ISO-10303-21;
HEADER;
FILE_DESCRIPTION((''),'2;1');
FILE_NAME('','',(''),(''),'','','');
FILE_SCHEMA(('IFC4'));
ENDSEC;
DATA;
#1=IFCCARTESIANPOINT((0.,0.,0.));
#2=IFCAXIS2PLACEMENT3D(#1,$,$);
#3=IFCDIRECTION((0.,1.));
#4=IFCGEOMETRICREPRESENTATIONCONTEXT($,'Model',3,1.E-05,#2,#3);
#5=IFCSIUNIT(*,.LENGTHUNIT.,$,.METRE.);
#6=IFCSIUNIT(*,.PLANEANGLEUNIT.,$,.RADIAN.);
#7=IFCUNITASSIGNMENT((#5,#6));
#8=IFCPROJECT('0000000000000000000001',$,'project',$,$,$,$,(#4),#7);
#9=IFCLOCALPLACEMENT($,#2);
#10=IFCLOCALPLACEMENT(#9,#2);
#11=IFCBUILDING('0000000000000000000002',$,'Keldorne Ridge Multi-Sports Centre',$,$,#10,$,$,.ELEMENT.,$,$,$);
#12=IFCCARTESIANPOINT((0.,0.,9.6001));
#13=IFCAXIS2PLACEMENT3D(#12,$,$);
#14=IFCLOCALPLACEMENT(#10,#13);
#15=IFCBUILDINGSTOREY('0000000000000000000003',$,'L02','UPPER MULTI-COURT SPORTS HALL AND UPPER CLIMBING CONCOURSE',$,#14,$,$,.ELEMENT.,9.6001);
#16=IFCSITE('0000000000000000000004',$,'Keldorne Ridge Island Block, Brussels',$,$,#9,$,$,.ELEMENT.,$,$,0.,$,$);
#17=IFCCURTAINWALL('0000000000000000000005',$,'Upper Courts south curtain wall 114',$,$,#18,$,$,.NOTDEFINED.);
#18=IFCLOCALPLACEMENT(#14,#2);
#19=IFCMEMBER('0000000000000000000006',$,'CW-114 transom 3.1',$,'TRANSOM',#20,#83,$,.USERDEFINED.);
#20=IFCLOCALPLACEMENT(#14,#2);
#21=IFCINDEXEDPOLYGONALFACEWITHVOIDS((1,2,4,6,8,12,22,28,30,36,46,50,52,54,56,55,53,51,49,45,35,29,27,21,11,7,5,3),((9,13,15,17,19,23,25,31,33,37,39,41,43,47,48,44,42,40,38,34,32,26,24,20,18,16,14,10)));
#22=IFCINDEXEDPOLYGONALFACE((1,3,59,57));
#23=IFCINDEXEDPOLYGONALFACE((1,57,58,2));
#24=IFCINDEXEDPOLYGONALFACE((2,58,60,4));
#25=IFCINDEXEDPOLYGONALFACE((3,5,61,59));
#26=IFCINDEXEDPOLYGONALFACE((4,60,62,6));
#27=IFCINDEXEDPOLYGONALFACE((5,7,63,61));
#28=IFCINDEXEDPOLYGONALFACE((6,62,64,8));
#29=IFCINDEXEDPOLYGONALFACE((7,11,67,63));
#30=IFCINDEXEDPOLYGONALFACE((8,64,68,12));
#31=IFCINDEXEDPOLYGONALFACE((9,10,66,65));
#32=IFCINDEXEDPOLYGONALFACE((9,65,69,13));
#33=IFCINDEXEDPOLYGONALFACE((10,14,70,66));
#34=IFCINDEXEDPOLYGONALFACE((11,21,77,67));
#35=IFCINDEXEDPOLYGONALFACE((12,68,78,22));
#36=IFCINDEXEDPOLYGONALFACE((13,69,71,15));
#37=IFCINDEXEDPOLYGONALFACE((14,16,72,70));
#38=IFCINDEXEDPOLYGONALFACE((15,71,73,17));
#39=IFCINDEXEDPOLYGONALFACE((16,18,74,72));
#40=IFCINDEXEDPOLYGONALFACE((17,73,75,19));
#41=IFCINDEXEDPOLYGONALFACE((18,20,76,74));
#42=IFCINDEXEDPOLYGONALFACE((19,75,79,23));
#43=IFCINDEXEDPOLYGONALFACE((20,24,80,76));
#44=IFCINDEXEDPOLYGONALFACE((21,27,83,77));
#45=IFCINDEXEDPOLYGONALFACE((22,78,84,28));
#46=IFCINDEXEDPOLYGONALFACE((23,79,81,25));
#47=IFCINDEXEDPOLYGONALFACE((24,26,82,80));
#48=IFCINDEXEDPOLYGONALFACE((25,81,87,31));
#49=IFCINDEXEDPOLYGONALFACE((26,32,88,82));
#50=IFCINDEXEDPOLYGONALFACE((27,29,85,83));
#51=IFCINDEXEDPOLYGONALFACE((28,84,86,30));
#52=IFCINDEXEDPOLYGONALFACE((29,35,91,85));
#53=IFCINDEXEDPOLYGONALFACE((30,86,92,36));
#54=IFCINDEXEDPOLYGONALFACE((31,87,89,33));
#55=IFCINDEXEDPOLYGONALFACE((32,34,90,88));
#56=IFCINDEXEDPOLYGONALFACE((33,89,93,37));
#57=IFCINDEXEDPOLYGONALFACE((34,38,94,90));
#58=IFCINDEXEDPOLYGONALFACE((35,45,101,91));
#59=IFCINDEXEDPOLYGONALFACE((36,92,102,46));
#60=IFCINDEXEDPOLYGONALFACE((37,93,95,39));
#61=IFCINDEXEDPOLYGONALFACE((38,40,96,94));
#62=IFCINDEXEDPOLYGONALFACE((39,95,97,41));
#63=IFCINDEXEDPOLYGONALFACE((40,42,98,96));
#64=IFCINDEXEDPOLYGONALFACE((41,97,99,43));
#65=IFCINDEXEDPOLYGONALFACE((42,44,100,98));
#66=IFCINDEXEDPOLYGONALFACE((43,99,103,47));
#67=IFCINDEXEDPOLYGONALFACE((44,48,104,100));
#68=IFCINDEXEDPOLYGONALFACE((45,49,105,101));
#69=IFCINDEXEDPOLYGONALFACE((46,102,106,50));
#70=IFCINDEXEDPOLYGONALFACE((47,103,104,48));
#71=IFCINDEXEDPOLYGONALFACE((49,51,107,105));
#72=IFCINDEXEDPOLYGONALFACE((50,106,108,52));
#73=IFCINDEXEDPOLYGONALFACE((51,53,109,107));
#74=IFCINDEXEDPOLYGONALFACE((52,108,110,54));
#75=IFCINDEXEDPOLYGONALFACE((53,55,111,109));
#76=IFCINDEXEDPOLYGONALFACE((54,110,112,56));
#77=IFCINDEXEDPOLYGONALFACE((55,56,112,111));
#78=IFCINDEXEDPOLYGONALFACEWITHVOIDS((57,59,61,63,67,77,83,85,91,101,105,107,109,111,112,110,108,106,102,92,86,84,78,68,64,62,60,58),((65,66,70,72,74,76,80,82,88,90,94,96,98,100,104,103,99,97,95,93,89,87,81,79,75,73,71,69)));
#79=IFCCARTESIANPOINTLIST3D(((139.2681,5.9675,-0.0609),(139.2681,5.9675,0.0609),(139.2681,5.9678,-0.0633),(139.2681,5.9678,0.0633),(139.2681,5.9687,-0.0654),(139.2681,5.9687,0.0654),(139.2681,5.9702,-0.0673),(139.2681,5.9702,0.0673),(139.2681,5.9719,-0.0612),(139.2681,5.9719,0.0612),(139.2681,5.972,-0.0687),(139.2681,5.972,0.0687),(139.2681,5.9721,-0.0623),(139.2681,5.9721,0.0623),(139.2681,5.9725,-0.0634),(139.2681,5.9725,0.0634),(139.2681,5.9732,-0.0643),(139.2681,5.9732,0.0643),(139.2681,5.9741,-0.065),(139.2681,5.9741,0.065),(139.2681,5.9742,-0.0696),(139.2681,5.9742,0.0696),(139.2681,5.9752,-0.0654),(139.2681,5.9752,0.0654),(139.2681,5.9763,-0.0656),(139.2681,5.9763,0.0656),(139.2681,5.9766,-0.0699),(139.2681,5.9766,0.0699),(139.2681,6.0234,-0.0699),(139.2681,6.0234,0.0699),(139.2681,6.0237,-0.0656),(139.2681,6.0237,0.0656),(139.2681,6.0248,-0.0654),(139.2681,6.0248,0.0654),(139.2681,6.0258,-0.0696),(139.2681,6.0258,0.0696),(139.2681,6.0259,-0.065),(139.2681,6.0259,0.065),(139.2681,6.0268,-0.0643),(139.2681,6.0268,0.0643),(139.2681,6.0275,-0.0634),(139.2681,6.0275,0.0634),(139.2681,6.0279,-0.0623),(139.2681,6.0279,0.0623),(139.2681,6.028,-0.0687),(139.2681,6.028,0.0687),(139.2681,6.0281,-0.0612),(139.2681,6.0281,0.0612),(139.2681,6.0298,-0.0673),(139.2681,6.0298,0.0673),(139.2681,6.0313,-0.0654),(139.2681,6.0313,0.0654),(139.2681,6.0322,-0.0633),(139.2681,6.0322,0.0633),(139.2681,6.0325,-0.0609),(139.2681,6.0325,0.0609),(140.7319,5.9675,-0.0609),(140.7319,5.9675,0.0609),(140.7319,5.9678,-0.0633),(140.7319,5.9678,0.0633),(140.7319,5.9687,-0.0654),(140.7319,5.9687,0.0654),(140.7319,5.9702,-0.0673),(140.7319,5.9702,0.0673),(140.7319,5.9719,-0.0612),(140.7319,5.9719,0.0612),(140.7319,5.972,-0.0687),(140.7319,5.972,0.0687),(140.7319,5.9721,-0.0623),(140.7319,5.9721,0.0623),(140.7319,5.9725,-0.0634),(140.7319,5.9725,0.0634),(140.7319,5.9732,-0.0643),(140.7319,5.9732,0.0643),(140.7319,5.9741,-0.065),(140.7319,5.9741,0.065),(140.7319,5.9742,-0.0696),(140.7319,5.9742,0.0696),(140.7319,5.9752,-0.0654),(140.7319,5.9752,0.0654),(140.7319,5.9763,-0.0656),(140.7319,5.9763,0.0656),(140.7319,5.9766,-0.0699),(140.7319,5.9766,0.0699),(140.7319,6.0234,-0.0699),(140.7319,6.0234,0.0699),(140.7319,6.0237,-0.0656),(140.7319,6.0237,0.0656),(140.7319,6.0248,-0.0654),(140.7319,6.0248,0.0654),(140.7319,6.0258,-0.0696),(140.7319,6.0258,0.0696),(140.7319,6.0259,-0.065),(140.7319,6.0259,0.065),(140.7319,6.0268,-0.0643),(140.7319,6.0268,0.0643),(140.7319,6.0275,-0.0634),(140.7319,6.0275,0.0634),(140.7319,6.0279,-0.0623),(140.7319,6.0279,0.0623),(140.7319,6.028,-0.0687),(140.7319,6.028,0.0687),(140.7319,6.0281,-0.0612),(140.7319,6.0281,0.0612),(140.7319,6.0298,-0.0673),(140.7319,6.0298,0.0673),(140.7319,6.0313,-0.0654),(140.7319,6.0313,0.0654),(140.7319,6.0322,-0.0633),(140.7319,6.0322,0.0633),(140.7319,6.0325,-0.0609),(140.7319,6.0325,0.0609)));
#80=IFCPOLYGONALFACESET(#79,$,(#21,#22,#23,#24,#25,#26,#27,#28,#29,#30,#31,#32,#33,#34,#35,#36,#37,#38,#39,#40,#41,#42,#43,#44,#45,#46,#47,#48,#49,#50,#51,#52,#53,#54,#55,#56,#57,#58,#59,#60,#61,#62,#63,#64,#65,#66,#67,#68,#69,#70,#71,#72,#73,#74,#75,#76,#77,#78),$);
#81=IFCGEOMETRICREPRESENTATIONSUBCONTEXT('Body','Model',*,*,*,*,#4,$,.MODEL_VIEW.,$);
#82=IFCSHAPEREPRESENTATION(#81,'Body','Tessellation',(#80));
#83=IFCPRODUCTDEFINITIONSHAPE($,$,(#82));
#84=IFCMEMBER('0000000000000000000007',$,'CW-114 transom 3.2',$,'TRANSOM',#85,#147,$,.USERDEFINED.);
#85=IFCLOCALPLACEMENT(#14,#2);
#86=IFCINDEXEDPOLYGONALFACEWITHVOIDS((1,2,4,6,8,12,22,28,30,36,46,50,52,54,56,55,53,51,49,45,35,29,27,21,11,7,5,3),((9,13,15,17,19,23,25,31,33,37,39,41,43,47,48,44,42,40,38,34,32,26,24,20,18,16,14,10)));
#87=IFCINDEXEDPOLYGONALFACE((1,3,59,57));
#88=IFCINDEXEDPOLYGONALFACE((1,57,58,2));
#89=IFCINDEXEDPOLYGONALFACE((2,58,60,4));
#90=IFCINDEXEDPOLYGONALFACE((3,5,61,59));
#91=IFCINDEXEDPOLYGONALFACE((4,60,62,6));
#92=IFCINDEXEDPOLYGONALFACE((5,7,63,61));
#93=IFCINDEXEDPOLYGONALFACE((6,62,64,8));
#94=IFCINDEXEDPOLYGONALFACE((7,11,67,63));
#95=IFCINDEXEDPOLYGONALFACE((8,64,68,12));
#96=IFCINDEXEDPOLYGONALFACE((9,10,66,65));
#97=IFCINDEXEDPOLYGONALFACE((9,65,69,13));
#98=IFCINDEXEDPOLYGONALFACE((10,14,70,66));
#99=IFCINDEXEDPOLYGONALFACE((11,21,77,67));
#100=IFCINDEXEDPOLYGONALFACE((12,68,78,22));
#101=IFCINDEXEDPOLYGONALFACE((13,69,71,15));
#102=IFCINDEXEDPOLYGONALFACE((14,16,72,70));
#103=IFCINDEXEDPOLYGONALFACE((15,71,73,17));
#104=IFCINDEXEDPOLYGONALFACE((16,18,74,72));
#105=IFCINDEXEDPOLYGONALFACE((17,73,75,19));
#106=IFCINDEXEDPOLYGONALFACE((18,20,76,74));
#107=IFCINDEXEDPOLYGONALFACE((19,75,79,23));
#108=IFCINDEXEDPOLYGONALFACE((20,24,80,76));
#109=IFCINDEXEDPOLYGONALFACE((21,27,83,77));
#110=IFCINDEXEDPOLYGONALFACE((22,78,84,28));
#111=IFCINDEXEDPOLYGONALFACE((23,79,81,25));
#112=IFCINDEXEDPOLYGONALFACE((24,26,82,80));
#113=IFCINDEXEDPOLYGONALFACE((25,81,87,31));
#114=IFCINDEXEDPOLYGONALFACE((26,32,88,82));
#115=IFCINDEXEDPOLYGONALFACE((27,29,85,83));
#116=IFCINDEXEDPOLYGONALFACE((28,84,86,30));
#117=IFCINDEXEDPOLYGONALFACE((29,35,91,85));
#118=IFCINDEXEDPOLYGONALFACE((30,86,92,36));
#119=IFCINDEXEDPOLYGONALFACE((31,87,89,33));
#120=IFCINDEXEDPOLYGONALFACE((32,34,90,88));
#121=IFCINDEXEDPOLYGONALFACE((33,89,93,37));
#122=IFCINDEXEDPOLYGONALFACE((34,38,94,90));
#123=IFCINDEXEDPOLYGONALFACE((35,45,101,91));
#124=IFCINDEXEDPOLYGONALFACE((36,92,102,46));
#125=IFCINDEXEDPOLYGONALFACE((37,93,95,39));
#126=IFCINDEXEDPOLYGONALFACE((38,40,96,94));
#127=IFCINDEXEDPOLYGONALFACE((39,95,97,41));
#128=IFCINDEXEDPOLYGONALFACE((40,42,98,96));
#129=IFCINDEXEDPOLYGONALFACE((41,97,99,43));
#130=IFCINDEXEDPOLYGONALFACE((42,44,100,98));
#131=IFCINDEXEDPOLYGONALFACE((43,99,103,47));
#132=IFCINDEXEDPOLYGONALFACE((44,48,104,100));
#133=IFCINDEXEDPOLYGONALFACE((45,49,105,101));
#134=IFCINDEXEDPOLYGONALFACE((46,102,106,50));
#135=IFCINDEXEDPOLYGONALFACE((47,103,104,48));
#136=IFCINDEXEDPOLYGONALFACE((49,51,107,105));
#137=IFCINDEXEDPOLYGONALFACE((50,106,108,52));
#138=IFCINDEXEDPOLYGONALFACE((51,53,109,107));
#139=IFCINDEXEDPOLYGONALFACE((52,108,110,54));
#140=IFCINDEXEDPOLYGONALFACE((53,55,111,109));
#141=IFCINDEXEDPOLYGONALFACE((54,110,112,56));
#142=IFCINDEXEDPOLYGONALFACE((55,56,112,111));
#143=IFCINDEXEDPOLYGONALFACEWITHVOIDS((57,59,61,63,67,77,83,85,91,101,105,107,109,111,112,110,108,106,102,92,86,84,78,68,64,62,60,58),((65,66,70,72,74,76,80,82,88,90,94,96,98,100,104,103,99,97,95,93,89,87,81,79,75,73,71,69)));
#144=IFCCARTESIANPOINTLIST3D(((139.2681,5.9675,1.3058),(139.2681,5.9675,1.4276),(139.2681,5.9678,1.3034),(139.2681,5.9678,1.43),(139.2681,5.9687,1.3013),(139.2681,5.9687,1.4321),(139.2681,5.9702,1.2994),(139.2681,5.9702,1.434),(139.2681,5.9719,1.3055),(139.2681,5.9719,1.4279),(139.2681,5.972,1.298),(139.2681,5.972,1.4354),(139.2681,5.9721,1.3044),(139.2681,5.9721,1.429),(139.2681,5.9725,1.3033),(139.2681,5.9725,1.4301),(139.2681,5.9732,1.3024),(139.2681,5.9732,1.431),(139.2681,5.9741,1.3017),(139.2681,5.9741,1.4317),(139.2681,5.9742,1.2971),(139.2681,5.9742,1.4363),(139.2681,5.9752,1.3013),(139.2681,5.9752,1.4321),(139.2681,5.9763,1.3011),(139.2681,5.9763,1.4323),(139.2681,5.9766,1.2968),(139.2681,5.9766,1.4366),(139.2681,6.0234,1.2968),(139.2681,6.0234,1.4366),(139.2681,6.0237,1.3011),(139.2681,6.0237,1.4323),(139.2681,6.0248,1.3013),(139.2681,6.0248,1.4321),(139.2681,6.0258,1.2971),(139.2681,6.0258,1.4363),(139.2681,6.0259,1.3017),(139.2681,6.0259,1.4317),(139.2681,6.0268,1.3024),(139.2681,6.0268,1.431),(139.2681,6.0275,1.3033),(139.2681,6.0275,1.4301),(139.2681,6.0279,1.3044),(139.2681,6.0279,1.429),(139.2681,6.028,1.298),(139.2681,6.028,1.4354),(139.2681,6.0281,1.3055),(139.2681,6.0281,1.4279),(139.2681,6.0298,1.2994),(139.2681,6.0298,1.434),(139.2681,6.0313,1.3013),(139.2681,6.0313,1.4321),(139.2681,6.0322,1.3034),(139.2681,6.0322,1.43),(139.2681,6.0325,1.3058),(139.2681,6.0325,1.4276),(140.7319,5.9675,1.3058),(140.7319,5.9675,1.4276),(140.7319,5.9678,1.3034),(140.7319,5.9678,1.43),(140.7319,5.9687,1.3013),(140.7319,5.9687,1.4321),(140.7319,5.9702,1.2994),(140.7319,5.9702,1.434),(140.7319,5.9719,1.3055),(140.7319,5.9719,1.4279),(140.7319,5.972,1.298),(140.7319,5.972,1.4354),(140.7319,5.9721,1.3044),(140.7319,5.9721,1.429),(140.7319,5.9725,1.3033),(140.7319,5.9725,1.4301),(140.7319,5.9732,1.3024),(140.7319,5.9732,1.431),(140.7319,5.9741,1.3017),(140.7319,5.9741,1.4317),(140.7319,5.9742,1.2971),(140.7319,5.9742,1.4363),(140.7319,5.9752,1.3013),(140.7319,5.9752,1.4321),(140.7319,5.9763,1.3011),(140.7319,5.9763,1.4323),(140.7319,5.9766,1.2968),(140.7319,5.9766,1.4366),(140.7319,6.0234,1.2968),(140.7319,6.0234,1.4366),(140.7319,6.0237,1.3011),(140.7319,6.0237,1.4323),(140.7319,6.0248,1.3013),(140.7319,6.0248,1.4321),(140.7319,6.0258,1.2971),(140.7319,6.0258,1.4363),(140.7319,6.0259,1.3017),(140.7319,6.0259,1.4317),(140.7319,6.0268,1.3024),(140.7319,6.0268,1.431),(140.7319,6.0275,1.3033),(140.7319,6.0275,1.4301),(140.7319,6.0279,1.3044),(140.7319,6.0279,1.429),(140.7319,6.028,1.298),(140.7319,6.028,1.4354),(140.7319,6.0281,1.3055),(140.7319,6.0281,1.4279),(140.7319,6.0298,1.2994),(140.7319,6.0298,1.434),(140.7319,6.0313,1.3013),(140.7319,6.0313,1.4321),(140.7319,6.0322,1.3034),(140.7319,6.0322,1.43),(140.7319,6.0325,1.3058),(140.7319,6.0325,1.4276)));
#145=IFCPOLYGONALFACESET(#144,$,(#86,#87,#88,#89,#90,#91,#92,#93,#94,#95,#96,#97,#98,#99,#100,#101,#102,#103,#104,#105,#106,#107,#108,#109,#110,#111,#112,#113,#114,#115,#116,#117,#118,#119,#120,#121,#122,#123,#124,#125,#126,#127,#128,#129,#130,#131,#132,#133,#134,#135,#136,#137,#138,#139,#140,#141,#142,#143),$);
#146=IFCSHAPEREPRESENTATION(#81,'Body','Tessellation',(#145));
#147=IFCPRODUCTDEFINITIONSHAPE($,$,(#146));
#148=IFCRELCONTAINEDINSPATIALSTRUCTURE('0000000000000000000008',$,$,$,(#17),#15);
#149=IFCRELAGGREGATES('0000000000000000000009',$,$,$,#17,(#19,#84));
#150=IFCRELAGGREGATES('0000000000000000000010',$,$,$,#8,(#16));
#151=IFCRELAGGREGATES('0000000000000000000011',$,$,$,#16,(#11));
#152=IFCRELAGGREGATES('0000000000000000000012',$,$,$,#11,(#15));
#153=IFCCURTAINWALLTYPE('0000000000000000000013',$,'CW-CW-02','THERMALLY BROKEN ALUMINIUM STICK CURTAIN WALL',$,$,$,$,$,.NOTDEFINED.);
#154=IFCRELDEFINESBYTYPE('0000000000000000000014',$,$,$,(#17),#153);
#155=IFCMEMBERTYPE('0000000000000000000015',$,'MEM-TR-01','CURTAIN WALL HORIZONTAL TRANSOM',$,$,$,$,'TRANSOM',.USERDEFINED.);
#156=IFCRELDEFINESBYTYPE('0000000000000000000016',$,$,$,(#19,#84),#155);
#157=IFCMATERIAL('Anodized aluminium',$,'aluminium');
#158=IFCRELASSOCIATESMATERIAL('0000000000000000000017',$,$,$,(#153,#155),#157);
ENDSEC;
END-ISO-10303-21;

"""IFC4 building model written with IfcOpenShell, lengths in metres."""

from ifc_helpers import new_model, si_unit, direction, frame, origin, origin_2d, place, context, subcontext, project, spatial, hollow_rectangle, extrude, material, material_profile, profile_set, type_object, element, aggregate, save


model = new_model("IFC4")

# Units and contexts
model_context = context("Model", 3, precision=1e-05, world=origin(), true_north=direction((0.0, 1.0)))
body_context = subcontext(model_context, "Body", "Model", "MODEL_VIEW")
ifc_project = project(units=[si_unit("LENGTHUNIT", "METRE"), si_unit("PLANEANGLEUNIT", "RADIAN")], contexts=[model_context])

# Site, building, storey
site_placement = place(None, origin())
site = spatial("IfcSite", under=ifc_project, at=site_placement, Name="Keldorne Ridge Island Block, Brussels", CompositionType="ELEMENT", RefElevation=0.0)
building_placement = place(site_placement, origin())
building = spatial("IfcBuilding", under=site, at=building_placement, Name="Keldorne Ridge Multi-Sports Centre", CompositionType="ELEMENT")
storey_placement = place(building_placement, frame((0.0, 0.0, 9.6001)))
storey = spatial("IfcBuildingStorey", under=building, at=storey_placement, Name="L02", Description="UPPER MULTI-COURT SPORTS HALL AND UPPER CLIMBING CONCOURSE", CompositionType="ELEMENT", Elevation=9.6001)

# Curtain wall, members
ifc_material_1 = material(Name="Anodized aluminium", Category="aluminium")
curtain_wall_type = type_object("IfcCurtainWallType", Name="CW-CW-02", Description="THERMALLY BROKEN ALUMINIUM STICK CURTAIN WALL", PredefinedType="NOTDEFINED", material=ifc_material_1)
curtain_wall_placement = place(storey_placement, origin())
curtain_wall = element("IfcCurtainWall", 1, at=curtain_wall_placement, inside=storey, type_object=curtain_wall_type, Name="Upper Courts south curtain wall 114", PredefinedType="NOTDEFINED")
ifc_material_profile_1 = material_profile(ifc_material_1, hollow_rectangle(XDim=0.0649, YDim=0.1399, WallThickness=0.0044, InnerFilletRadius=0.0044, OuterFilletRadius=0.009, at=origin_2d()), Name="ALU TRANSOM 140x65x4.5")
ifc_profile_set_1 = profile_set([ifc_material_profile_1], Name="Anodized aluminium")
member_type_1 = type_object("IfcMemberType", Name="MEM-TR-01", Description="CURTAIN WALL HORIZONTAL TRANSOM", ElementType="TRANSOM", PredefinedType="USERDEFINED", material=ifc_profile_set_1)
member_1_placement = place(storey_placement, frame((139.2681, 6.0, 0.0), z_axis=(1.0, 0.0, 0.0), x_axis=(0.0, 1.0, 0.0)))
member_1 = element("IfcMember", 2, at=member_1_placement, type_object=member_type_1, Name="CW-114 transom 3.1", ObjectType="TRANSOM", PredefinedType="USERDEFINED", context=body_context, shape_type="SweptSolid", body=[
    extrude(hollow_rectangle(XDim=0.0649, YDim=0.1399, WallThickness=0.0044, InnerFilletRadius=0.0044, OuterFilletRadius=0.009, at=origin_2d()), origin(), (0.0, 0.0, 1.0), 1.4639),
])
member_2_placement = place(storey_placement, frame((139.2681, 6.0, 1.3667), z_axis=(1.0, 0.0, 0.0), x_axis=(0.0, 1.0, 0.0)))
member_2 = element("IfcMember", 3, at=member_2_placement, type_object=member_type_1, Name="CW-114 transom 3.2", ObjectType="TRANSOM", PredefinedType="USERDEFINED", context=body_context, shape_type="SweptSolid", body=[
    extrude(hollow_rectangle(XDim=0.0649, YDim=0.1399, WallThickness=0.0044, InnerFilletRadius=0.0044, OuterFilletRadius=0.009, at=origin_2d()), origin(), (0.0, 0.0, 1.0), 1.4639),
])
aggregate(curtain_wall, [member_1, member_2])

save(model, "model.ifc")
